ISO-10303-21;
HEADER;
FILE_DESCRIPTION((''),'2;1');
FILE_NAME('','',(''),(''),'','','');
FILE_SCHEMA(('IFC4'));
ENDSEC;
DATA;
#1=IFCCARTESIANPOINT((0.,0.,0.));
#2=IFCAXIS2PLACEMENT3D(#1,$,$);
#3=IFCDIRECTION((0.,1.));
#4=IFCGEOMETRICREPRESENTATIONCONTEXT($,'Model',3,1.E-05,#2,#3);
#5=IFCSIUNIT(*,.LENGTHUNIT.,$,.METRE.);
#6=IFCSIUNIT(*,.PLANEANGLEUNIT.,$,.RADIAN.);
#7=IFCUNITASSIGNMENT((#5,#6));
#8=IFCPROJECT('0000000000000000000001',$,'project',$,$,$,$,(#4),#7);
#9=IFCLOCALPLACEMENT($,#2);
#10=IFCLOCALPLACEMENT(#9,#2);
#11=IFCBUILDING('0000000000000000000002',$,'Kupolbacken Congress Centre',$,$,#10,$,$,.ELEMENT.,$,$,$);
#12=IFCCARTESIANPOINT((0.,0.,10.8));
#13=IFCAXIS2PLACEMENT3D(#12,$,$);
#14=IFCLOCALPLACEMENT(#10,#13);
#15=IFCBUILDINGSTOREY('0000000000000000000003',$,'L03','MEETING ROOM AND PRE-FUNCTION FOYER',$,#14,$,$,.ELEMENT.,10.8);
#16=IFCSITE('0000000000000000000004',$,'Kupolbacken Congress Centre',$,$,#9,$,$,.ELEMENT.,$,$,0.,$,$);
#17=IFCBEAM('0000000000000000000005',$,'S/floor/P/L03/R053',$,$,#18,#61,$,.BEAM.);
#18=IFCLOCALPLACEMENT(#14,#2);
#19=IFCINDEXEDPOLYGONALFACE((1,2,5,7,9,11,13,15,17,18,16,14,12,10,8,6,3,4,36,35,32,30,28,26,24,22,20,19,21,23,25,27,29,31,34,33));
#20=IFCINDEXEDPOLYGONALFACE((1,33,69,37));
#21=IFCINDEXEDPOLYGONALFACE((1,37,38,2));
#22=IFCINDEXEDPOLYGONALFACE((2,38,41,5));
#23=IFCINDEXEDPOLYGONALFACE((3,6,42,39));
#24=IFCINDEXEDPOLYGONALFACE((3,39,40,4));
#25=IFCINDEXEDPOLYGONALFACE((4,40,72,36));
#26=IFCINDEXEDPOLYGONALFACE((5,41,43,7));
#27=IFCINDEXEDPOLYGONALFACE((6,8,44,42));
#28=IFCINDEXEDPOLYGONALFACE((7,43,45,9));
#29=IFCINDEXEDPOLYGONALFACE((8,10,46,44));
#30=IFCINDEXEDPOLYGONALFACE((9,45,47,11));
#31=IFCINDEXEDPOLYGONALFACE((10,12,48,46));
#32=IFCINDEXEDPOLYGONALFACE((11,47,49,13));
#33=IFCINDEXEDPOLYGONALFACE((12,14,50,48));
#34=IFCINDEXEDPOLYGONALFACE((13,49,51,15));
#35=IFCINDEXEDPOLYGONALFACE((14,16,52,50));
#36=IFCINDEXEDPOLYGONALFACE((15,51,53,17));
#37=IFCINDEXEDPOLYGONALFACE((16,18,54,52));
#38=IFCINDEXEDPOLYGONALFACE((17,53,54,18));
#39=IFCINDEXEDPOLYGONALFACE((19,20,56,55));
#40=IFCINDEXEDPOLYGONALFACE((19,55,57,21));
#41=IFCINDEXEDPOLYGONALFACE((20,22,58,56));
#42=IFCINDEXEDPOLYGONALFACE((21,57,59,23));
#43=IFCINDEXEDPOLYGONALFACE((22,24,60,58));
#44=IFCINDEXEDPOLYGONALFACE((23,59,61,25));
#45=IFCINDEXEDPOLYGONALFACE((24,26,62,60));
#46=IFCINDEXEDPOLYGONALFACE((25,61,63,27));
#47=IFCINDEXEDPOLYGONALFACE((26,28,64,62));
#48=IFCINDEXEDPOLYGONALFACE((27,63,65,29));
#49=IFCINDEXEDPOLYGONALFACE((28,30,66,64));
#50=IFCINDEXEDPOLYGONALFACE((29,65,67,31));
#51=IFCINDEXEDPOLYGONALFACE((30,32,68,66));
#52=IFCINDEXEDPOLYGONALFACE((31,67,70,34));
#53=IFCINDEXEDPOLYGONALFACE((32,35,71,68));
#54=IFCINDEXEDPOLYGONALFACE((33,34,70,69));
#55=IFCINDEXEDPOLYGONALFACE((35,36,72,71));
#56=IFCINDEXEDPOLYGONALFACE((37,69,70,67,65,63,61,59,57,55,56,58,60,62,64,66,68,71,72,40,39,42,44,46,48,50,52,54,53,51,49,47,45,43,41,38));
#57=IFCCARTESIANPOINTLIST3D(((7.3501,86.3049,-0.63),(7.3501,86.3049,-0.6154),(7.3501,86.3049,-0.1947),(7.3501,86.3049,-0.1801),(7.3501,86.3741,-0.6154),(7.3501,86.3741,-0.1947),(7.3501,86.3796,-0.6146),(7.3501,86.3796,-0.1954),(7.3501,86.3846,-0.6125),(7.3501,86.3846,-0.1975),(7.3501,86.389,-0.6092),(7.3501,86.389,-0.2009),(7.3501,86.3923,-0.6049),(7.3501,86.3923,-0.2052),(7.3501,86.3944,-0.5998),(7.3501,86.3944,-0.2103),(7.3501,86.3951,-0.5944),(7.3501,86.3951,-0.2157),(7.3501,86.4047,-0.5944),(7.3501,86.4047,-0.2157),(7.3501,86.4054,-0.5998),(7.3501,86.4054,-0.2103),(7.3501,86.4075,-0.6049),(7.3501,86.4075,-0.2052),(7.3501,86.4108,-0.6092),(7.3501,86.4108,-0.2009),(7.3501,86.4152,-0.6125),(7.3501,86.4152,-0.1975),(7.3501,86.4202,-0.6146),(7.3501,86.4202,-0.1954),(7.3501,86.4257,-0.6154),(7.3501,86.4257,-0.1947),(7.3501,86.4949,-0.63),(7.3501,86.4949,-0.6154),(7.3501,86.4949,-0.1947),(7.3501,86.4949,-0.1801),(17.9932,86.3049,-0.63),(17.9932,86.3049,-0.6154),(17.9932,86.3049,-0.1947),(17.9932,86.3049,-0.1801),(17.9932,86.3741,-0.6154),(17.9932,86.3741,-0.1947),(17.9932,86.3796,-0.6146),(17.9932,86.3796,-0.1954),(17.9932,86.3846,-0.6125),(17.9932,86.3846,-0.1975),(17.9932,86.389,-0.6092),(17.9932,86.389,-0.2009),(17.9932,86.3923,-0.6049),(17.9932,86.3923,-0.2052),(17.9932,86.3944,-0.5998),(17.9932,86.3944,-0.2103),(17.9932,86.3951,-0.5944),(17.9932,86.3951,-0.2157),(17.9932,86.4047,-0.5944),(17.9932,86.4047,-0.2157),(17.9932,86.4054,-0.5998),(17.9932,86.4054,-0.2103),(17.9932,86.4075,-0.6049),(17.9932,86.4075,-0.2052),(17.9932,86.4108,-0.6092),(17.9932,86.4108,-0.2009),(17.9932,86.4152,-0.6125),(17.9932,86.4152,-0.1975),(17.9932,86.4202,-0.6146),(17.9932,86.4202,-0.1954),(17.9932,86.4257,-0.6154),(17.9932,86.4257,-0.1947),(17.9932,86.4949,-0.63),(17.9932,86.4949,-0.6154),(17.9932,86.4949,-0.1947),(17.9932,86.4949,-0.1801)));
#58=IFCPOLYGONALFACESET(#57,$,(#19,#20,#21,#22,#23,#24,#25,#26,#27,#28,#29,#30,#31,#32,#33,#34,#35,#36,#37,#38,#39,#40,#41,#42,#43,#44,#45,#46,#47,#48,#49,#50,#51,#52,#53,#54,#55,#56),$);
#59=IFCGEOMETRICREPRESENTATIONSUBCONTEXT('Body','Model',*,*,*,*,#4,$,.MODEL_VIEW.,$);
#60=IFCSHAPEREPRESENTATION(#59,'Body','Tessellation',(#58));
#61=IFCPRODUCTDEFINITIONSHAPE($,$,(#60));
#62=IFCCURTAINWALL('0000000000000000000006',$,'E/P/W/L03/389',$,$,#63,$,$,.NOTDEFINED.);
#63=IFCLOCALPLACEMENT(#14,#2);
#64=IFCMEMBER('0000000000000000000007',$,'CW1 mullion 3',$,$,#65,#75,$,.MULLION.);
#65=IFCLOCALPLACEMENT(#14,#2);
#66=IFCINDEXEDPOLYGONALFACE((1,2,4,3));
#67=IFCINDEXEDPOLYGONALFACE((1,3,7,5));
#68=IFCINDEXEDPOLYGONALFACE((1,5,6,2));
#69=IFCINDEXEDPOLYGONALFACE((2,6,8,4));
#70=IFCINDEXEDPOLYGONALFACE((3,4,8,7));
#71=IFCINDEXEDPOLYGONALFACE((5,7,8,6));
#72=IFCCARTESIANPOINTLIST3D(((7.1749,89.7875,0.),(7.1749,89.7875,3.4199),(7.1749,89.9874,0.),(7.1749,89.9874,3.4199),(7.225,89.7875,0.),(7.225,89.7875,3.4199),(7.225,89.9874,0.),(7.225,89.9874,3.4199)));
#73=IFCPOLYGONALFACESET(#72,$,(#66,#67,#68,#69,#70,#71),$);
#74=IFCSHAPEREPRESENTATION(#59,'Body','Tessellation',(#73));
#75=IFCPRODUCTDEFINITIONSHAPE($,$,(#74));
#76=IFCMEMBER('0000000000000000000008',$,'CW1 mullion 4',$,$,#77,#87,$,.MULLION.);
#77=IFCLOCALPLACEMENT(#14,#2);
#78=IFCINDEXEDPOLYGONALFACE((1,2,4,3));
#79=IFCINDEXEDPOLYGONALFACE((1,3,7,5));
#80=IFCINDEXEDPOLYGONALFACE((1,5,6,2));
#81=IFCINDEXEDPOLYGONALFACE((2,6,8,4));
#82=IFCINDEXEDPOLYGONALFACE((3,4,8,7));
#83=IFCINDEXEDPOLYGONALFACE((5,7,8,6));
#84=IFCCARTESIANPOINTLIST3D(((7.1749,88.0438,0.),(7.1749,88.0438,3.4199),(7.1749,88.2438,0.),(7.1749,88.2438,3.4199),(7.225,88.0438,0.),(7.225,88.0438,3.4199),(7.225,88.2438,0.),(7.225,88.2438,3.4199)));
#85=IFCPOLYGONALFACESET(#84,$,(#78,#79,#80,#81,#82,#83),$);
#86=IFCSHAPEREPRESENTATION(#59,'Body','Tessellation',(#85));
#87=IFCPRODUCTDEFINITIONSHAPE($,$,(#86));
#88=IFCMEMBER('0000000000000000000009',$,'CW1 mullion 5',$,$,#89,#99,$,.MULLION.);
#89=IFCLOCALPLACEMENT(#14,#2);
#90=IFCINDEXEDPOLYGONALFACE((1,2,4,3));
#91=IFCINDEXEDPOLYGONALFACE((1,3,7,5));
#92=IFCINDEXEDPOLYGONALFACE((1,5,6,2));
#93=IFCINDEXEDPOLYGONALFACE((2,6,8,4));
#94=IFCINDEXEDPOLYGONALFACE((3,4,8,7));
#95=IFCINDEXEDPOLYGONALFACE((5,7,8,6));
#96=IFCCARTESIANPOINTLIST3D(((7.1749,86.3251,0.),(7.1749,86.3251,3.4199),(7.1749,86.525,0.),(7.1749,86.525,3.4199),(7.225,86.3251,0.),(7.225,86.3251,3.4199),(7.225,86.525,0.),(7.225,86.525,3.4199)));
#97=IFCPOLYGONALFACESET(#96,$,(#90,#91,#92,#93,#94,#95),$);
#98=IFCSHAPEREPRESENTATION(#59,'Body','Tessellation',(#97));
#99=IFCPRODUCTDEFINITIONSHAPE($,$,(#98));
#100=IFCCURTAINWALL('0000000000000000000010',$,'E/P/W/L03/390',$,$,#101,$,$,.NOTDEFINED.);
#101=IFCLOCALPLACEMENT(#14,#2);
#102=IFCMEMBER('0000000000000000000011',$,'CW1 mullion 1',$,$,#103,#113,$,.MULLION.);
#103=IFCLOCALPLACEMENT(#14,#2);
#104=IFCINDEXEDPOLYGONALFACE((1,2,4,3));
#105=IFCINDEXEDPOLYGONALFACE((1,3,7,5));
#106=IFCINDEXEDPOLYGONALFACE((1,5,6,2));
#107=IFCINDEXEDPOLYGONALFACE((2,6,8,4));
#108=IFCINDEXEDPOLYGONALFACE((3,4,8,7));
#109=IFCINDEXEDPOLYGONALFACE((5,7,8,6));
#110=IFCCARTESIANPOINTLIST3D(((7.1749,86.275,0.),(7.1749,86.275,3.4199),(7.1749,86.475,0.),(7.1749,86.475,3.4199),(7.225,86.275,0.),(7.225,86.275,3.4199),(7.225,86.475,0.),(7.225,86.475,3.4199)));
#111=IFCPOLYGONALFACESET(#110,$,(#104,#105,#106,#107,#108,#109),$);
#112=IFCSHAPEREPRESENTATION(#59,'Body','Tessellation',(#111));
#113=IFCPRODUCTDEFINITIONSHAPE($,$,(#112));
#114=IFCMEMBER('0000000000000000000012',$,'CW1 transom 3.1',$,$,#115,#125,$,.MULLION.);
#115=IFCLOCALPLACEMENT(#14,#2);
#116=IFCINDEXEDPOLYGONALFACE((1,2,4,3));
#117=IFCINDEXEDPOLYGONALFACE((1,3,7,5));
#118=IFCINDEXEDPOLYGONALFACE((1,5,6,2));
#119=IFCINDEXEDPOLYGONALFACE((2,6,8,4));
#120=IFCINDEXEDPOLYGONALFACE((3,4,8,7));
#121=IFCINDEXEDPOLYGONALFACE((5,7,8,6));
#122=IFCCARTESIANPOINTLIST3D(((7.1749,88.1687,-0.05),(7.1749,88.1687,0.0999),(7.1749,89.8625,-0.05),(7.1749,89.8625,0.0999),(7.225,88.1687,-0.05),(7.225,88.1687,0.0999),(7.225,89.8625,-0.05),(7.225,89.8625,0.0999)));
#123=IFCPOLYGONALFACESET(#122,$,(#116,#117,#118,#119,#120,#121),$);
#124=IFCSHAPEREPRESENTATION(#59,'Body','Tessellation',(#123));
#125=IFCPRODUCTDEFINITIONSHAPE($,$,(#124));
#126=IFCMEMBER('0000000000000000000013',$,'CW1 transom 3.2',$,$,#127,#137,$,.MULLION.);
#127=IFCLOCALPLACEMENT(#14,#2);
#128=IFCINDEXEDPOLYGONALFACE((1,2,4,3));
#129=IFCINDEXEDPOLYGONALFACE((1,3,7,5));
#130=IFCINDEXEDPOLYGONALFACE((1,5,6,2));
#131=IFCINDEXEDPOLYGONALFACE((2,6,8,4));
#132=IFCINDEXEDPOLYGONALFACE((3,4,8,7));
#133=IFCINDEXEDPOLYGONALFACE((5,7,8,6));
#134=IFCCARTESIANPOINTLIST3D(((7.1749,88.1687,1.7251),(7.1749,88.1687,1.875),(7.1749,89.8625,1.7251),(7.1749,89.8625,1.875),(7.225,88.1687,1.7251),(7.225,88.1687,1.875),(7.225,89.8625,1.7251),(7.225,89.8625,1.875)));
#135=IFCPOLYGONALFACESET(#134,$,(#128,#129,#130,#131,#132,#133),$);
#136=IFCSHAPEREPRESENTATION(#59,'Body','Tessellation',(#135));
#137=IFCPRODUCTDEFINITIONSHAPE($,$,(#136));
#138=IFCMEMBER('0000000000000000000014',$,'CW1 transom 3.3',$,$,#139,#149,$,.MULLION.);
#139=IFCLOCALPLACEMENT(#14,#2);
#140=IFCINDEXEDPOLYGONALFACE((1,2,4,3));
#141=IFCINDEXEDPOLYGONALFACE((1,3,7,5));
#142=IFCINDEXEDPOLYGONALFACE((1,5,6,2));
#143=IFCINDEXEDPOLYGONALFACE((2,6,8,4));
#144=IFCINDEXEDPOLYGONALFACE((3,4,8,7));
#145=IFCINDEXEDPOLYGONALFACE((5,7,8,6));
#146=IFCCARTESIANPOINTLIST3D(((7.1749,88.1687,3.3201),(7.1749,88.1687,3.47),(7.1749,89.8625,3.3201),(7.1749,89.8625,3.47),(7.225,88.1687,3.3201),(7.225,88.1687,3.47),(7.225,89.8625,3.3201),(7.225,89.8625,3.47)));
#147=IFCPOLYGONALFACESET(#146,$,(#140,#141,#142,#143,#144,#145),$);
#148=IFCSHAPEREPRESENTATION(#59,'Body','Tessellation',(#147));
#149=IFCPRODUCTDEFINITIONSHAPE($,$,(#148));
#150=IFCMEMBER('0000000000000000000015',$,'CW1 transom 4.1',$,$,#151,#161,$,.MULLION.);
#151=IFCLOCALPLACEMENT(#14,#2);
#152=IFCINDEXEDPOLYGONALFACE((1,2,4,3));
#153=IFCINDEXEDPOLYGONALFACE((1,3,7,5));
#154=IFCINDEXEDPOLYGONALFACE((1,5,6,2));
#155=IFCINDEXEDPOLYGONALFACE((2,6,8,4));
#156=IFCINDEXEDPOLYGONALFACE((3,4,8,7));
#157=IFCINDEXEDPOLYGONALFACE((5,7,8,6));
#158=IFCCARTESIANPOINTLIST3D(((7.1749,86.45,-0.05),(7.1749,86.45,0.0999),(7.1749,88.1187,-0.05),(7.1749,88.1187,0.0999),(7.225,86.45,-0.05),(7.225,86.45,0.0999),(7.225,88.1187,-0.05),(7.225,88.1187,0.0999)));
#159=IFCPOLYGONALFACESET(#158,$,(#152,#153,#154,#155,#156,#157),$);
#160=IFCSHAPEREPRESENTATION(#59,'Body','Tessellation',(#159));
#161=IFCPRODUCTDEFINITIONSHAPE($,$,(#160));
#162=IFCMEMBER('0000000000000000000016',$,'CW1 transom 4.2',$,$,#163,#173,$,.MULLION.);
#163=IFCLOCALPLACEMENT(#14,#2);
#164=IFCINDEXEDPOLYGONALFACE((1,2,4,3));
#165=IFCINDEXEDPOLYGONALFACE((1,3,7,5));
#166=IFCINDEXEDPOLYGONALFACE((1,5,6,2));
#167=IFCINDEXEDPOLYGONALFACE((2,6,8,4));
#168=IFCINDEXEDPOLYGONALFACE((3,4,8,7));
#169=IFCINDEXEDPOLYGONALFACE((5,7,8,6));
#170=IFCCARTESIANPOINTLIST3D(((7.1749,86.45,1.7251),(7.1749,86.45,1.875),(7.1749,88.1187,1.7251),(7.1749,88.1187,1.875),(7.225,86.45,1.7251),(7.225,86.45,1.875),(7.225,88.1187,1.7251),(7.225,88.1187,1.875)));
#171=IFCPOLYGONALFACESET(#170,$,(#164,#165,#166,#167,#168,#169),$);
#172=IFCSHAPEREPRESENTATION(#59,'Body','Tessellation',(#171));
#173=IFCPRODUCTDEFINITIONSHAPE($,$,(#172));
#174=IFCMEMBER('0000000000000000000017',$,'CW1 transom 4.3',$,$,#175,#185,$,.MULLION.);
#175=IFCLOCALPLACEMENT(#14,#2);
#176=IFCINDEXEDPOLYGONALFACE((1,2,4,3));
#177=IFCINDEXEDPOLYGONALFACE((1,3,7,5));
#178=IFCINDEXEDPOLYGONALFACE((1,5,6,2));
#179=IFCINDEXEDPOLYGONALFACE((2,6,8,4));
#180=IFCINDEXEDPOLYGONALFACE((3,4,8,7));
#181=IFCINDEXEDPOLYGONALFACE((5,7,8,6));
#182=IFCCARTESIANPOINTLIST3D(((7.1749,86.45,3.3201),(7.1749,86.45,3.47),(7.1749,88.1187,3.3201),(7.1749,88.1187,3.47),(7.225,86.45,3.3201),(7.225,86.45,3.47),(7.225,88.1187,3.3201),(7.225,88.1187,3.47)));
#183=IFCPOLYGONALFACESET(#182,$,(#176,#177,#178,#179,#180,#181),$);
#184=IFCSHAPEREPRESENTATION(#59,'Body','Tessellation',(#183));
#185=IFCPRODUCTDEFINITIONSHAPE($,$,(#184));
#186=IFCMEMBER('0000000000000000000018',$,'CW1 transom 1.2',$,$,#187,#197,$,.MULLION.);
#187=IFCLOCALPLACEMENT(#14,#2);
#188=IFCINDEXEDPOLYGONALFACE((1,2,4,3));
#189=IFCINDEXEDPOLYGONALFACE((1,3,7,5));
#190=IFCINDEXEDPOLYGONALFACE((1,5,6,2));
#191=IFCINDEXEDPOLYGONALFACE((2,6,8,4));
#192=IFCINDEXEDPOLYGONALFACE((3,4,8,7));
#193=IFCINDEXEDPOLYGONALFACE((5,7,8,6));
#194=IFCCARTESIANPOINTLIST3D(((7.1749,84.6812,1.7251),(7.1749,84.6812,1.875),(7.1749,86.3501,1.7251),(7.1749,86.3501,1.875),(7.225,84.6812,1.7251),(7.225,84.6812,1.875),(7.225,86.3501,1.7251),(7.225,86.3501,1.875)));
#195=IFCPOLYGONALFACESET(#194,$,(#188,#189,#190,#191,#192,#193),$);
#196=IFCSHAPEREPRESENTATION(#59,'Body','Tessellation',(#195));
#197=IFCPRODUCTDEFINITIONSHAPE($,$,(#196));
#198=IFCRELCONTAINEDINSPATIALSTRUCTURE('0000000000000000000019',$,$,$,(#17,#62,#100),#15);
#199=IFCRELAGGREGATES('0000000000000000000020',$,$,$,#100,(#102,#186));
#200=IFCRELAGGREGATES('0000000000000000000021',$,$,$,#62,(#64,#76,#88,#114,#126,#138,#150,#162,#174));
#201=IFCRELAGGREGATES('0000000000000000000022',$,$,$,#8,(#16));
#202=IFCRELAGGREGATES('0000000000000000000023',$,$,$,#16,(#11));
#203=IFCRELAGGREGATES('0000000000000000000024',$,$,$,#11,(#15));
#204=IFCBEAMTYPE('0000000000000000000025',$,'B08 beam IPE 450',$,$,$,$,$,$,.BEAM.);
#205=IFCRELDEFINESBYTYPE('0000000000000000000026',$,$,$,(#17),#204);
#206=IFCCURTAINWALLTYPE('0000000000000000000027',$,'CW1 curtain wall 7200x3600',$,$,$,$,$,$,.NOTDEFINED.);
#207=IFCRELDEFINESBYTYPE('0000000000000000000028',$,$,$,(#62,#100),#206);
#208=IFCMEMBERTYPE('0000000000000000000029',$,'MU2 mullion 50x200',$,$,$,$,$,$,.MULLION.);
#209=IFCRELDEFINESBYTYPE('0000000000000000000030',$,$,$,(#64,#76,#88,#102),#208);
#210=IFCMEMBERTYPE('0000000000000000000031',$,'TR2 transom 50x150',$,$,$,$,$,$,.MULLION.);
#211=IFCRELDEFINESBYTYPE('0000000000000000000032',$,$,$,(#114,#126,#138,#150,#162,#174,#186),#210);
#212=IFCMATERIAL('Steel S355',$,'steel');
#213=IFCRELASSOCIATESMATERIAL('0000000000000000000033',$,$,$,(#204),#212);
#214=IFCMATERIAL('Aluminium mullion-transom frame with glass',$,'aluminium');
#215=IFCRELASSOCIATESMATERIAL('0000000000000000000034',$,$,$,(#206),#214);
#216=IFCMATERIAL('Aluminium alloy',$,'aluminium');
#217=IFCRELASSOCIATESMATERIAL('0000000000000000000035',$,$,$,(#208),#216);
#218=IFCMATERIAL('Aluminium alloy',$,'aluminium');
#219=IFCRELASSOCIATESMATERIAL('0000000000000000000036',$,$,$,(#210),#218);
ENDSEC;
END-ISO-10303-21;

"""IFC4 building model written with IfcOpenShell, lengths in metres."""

from ifc_helpers import new_model, si_unit, direction, frame, origin, origin_2d, place, context, subcontext, project, spatial, rectangle, i_section, extrude, material, material_profile, profile_set, type_object, element, aggregate, save


model = new_model("IFC4")

# Units and contexts
model_context = context("Model", 3, precision=1e-05, world=origin(), true_north=direction((0.0, 1.0)))
body_context = subcontext(model_context, "Body", "Model", "MODEL_VIEW")
ifc_project = project(units=[si_unit("LENGTHUNIT", "METRE"), si_unit("PLANEANGLEUNIT", "RADIAN")], contexts=[model_context])

# Site, building, storey
site_placement = place(None, origin())
site = spatial("IfcSite", under=ifc_project, at=site_placement, Name="Kupolbacken Congress Centre", CompositionType="ELEMENT", RefElevation=0.0)
building_placement = place(site_placement, origin())
building = spatial("IfcBuilding", under=site, at=building_placement, Name="Kupolbacken Congress Centre", CompositionType="ELEMENT")
storey_placement = place(building_placement, frame((0.0, 0.0, 10.8)))
storey = spatial("IfcBuildingStorey", under=building, at=storey_placement, Name="L03", Description="MEETING ROOM AND PRE-FUNCTION FOYER", CompositionType="ELEMENT", Elevation=10.8)

# Beam
ifc_material_1 = material(Name="Steel S355", Category="steel")
ifc_material_profile_1 = material_profile(ifc_material_1, i_section(OverallWidth=0.1899, OverallDepth=0.45, WebThickness=0.0095, FlangeThickness=0.0146, FilletRadius=0.021, at=origin_2d()), Name="IPE 450")
ifc_profile_set_1 = profile_set([ifc_material_profile_1], Name="Steel S355")
beam_type = type_object("IfcBeamType", Name="B08 beam IPE 450", PredefinedType="BEAM", material=ifc_profile_set_1)
beam_placement = place(storey_placement, frame((7.3501, 86.3999, -0.405), z_axis=(1.0, 0.0, 0.0), x_axis=(0.0, 1.0, 0.0)))
element("IfcBeam", 1, at=beam_placement, inside=storey, type_object=beam_type, Name="S/floor/P/L03/R053", PredefinedType="BEAM", context=body_context, shape_type="SweptSolid", body=[
    extrude(i_section(OverallWidth=0.1899, OverallDepth=0.45, WebThickness=0.0095, FlangeThickness=0.0146, FilletRadius=0.021, at=origin_2d()), origin(), (0.0, 0.0, 1.0), 10.6431),
])

# Curtain wall, members
ifc_material_2 = material(Name="Aluminium mullion-transom frame with glass", Category="aluminium")
curtain_wall_type = type_object("IfcCurtainWallType", Name="CW1 curtain wall 7200x3600", PredefinedType="NOTDEFINED", material=ifc_material_2)
curtain_wall_1_placement = place(storey_placement, origin())
curtain_wall_1 = element("IfcCurtainWall", 2, at=curtain_wall_1_placement, inside=storey, type_object=curtain_wall_type, Name="E/P/W/L03/389", PredefinedType="NOTDEFINED")
ifc_material_3 = material(Name="Aluminium alloy", Category="aluminium")
ifc_material_profile_2 = material_profile(ifc_material_3, rectangle(XDim=0.05, YDim=0.2, at=origin_2d()), Name="50 x 200")
ifc_profile_set_2 = profile_set([ifc_material_profile_2], Name="Aluminium alloy")
member_type_1 = type_object("IfcMemberType", Name="MU2 mullion 50x200", PredefinedType="MULLION", material=ifc_profile_set_2)
member_1_placement = place(storey_placement, frame((7.2, 89.8875, 0.0), z_axis=(0.0, 0.0, 1.0), x_axis=(1.0, 0.0, 0.0)))
member_1 = element("IfcMember", 3, at=member_1_placement, type_object=member_type_1, Name="CW1 mullion 3", PredefinedType="MULLION", context=body_context, shape_type="SweptSolid", body=[
    extrude(rectangle(XDim=0.05, YDim=0.2, at=origin_2d()), origin(), (0.0, 0.0, 1.0), 3.4199),
])
member_2_placement = place(storey_placement, frame((7.2, 88.1438, 0.0), z_axis=(0.0, 0.0, 1.0), x_axis=(1.0, 0.0, 0.0)))
member_2 = element("IfcMember", 4, at=member_2_placement, type_object=member_type_1, Name="CW1 mullion 4", PredefinedType="MULLION", context=body_context, shape_type="SweptSolid", body=[
    extrude(rectangle(XDim=0.05, YDim=0.2, at=origin_2d()), origin(), (0.0, 0.0, 1.0), 3.4199),
])
member_3_placement = place(storey_placement, frame((7.2, 86.425, 0.0), z_axis=(0.0, 0.0, 1.0), x_axis=(1.0, 0.0, 0.0)))
member_3 = element("IfcMember", 5, at=member_3_placement, type_object=member_type_1, Name="CW1 mullion 5", PredefinedType="MULLION", context=body_context, shape_type="SweptSolid", body=[
    extrude(rectangle(XDim=0.05, YDim=0.2, at=origin_2d()), origin(), (0.0, 0.0, 1.0), 3.4199),
])

# Curtain wall, member
curtain_wall_2_placement = place(storey_placement, origin())
curtain_wall_2 = element("IfcCurtainWall", 6, at=curtain_wall_2_placement, inside=storey, type_object=curtain_wall_type, Name="E/P/W/L03/390", PredefinedType="NOTDEFINED")
member_4_placement = place(storey_placement, frame((7.2, 86.375, 0.0), z_axis=(0.0, 0.0, 1.0), x_axis=(1.0, 0.0, 0.0)))
member_4 = element("IfcMember", 7, at=member_4_placement, type_object=member_type_1, Name="CW1 mullion 1", PredefinedType="MULLION", context=body_context, shape_type="SweptSolid", body=[
    extrude(rectangle(XDim=0.05, YDim=0.2, at=origin_2d()), origin(), (0.0, 0.0, 1.0), 3.4199),
])

# Members
ifc_material_4 = material(Name="Aluminium alloy", Category="aluminium")
ifc_material_profile_3 = material_profile(ifc_material_4, rectangle(XDim=0.05, YDim=0.1499, at=origin_2d()), Name="50 x 150")
ifc_profile_set_3 = profile_set([ifc_material_profile_3], Name="Aluminium alloy")
member_type_2 = type_object("IfcMemberType", Name="TR2 transom 50x150", PredefinedType="MULLION", material=ifc_profile_set_3)
member_5_placement = place(storey_placement, frame((7.2, 89.8625, 0.0249), z_axis=(0.0, -1.0, 0.0), x_axis=(1.0, 0.0, 0.0)))
member_5 = element("IfcMember", 8, at=member_5_placement, type_object=member_type_2, Name="CW1 transom 3.1", PredefinedType="MULLION", context=body_context, shape_type="SweptSolid", body=[
    extrude(rectangle(XDim=0.05, YDim=0.1499, at=origin_2d()), origin(), (0.0, 0.0, 1.0), 1.6938),
])
member_6_placement = place(storey_placement, frame((7.2, 89.8625, 1.8), z_axis=(0.0, -1.0, 0.0), x_axis=(1.0, 0.0, 0.0)))
member_6 = element("IfcMember", 9, at=member_6_placement, type_object=member_type_2, Name="CW1 transom 3.2", PredefinedType="MULLION", context=body_context, shape_type="SweptSolid", body=[
    extrude(rectangle(XDim=0.05, YDim=0.1499, at=origin_2d()), origin(), (0.0, 0.0, 1.0), 1.6938),
])
member_7_placement = place(storey_placement, frame((7.2, 89.8625, 3.395), z_axis=(0.0, -1.0, 0.0), x_axis=(1.0, 0.0, 0.0)))
member_7 = element("IfcMember", 10, at=member_7_placement, type_object=member_type_2, Name="CW1 transom 3.3", PredefinedType="MULLION", context=body_context, shape_type="SweptSolid", body=[
    extrude(rectangle(XDim=0.05, YDim=0.1499, at=origin_2d()), origin(), (0.0, 0.0, 1.0), 1.6938),
])
member_8_placement = place(storey_placement, frame((7.2, 88.1187, 0.0249), z_axis=(0.0, -1.0, 0.0), x_axis=(1.0, 0.0, 0.0)))
member_8 = element("IfcMember", 11, at=member_8_placement, type_object=member_type_2, Name="CW1 transom 4.1", PredefinedType="MULLION", context=body_context, shape_type="SweptSolid", body=[
    extrude(rectangle(XDim=0.05, YDim=0.1499, at=origin_2d()), origin(), (0.0, 0.0, 1.0), 1.6687),
])
member_9_placement = place(storey_placement, frame((7.2, 88.1187, 1.8), z_axis=(0.0, -1.0, 0.0), x_axis=(1.0, 0.0, 0.0)))
member_9 = element("IfcMember", 12, at=member_9_placement, type_object=member_type_2, Name="CW1 transom 4.2", PredefinedType="MULLION", context=body_context, shape_type="SweptSolid", body=[
    extrude(rectangle(XDim=0.05, YDim=0.1499, at=origin_2d()), origin(), (0.0, 0.0, 1.0), 1.6687),
])
member_10_placement = place(storey_placement, frame((7.2, 88.1187, 3.395), z_axis=(0.0, -1.0, 0.0), x_axis=(1.0, 0.0, 0.0)))
member_10 = element("IfcMember", 13, at=member_10_placement, type_object=member_type_2, Name="CW1 transom 4.3", PredefinedType="MULLION", context=body_context, shape_type="SweptSolid", body=[
    extrude(rectangle(XDim=0.05, YDim=0.1499, at=origin_2d()), origin(), (0.0, 0.0, 1.0), 1.6687),
])
member_11_placement = place(storey_placement, frame((7.2, 86.3501, 1.8), z_axis=(0.0, -1.0, 0.0), x_axis=(1.0, 0.0, 0.0)))
member_11 = element("IfcMember", 14, at=member_11_placement, type_object=member_type_2, Name="CW1 transom 1.2", PredefinedType="MULLION", context=body_context, shape_type="SweptSolid", body=[
    extrude(rectangle(XDim=0.05, YDim=0.1499, at=origin_2d()), origin(), (0.0, 0.0, 1.0), 1.6689),
])
aggregate(curtain_wall_2, [member_4, member_11])

aggregate(curtain_wall_1, [member_1, member_2, member_3, member_5, member_6, member_7, member_8, member_9, member_10])

save(model, "model.ifc")
